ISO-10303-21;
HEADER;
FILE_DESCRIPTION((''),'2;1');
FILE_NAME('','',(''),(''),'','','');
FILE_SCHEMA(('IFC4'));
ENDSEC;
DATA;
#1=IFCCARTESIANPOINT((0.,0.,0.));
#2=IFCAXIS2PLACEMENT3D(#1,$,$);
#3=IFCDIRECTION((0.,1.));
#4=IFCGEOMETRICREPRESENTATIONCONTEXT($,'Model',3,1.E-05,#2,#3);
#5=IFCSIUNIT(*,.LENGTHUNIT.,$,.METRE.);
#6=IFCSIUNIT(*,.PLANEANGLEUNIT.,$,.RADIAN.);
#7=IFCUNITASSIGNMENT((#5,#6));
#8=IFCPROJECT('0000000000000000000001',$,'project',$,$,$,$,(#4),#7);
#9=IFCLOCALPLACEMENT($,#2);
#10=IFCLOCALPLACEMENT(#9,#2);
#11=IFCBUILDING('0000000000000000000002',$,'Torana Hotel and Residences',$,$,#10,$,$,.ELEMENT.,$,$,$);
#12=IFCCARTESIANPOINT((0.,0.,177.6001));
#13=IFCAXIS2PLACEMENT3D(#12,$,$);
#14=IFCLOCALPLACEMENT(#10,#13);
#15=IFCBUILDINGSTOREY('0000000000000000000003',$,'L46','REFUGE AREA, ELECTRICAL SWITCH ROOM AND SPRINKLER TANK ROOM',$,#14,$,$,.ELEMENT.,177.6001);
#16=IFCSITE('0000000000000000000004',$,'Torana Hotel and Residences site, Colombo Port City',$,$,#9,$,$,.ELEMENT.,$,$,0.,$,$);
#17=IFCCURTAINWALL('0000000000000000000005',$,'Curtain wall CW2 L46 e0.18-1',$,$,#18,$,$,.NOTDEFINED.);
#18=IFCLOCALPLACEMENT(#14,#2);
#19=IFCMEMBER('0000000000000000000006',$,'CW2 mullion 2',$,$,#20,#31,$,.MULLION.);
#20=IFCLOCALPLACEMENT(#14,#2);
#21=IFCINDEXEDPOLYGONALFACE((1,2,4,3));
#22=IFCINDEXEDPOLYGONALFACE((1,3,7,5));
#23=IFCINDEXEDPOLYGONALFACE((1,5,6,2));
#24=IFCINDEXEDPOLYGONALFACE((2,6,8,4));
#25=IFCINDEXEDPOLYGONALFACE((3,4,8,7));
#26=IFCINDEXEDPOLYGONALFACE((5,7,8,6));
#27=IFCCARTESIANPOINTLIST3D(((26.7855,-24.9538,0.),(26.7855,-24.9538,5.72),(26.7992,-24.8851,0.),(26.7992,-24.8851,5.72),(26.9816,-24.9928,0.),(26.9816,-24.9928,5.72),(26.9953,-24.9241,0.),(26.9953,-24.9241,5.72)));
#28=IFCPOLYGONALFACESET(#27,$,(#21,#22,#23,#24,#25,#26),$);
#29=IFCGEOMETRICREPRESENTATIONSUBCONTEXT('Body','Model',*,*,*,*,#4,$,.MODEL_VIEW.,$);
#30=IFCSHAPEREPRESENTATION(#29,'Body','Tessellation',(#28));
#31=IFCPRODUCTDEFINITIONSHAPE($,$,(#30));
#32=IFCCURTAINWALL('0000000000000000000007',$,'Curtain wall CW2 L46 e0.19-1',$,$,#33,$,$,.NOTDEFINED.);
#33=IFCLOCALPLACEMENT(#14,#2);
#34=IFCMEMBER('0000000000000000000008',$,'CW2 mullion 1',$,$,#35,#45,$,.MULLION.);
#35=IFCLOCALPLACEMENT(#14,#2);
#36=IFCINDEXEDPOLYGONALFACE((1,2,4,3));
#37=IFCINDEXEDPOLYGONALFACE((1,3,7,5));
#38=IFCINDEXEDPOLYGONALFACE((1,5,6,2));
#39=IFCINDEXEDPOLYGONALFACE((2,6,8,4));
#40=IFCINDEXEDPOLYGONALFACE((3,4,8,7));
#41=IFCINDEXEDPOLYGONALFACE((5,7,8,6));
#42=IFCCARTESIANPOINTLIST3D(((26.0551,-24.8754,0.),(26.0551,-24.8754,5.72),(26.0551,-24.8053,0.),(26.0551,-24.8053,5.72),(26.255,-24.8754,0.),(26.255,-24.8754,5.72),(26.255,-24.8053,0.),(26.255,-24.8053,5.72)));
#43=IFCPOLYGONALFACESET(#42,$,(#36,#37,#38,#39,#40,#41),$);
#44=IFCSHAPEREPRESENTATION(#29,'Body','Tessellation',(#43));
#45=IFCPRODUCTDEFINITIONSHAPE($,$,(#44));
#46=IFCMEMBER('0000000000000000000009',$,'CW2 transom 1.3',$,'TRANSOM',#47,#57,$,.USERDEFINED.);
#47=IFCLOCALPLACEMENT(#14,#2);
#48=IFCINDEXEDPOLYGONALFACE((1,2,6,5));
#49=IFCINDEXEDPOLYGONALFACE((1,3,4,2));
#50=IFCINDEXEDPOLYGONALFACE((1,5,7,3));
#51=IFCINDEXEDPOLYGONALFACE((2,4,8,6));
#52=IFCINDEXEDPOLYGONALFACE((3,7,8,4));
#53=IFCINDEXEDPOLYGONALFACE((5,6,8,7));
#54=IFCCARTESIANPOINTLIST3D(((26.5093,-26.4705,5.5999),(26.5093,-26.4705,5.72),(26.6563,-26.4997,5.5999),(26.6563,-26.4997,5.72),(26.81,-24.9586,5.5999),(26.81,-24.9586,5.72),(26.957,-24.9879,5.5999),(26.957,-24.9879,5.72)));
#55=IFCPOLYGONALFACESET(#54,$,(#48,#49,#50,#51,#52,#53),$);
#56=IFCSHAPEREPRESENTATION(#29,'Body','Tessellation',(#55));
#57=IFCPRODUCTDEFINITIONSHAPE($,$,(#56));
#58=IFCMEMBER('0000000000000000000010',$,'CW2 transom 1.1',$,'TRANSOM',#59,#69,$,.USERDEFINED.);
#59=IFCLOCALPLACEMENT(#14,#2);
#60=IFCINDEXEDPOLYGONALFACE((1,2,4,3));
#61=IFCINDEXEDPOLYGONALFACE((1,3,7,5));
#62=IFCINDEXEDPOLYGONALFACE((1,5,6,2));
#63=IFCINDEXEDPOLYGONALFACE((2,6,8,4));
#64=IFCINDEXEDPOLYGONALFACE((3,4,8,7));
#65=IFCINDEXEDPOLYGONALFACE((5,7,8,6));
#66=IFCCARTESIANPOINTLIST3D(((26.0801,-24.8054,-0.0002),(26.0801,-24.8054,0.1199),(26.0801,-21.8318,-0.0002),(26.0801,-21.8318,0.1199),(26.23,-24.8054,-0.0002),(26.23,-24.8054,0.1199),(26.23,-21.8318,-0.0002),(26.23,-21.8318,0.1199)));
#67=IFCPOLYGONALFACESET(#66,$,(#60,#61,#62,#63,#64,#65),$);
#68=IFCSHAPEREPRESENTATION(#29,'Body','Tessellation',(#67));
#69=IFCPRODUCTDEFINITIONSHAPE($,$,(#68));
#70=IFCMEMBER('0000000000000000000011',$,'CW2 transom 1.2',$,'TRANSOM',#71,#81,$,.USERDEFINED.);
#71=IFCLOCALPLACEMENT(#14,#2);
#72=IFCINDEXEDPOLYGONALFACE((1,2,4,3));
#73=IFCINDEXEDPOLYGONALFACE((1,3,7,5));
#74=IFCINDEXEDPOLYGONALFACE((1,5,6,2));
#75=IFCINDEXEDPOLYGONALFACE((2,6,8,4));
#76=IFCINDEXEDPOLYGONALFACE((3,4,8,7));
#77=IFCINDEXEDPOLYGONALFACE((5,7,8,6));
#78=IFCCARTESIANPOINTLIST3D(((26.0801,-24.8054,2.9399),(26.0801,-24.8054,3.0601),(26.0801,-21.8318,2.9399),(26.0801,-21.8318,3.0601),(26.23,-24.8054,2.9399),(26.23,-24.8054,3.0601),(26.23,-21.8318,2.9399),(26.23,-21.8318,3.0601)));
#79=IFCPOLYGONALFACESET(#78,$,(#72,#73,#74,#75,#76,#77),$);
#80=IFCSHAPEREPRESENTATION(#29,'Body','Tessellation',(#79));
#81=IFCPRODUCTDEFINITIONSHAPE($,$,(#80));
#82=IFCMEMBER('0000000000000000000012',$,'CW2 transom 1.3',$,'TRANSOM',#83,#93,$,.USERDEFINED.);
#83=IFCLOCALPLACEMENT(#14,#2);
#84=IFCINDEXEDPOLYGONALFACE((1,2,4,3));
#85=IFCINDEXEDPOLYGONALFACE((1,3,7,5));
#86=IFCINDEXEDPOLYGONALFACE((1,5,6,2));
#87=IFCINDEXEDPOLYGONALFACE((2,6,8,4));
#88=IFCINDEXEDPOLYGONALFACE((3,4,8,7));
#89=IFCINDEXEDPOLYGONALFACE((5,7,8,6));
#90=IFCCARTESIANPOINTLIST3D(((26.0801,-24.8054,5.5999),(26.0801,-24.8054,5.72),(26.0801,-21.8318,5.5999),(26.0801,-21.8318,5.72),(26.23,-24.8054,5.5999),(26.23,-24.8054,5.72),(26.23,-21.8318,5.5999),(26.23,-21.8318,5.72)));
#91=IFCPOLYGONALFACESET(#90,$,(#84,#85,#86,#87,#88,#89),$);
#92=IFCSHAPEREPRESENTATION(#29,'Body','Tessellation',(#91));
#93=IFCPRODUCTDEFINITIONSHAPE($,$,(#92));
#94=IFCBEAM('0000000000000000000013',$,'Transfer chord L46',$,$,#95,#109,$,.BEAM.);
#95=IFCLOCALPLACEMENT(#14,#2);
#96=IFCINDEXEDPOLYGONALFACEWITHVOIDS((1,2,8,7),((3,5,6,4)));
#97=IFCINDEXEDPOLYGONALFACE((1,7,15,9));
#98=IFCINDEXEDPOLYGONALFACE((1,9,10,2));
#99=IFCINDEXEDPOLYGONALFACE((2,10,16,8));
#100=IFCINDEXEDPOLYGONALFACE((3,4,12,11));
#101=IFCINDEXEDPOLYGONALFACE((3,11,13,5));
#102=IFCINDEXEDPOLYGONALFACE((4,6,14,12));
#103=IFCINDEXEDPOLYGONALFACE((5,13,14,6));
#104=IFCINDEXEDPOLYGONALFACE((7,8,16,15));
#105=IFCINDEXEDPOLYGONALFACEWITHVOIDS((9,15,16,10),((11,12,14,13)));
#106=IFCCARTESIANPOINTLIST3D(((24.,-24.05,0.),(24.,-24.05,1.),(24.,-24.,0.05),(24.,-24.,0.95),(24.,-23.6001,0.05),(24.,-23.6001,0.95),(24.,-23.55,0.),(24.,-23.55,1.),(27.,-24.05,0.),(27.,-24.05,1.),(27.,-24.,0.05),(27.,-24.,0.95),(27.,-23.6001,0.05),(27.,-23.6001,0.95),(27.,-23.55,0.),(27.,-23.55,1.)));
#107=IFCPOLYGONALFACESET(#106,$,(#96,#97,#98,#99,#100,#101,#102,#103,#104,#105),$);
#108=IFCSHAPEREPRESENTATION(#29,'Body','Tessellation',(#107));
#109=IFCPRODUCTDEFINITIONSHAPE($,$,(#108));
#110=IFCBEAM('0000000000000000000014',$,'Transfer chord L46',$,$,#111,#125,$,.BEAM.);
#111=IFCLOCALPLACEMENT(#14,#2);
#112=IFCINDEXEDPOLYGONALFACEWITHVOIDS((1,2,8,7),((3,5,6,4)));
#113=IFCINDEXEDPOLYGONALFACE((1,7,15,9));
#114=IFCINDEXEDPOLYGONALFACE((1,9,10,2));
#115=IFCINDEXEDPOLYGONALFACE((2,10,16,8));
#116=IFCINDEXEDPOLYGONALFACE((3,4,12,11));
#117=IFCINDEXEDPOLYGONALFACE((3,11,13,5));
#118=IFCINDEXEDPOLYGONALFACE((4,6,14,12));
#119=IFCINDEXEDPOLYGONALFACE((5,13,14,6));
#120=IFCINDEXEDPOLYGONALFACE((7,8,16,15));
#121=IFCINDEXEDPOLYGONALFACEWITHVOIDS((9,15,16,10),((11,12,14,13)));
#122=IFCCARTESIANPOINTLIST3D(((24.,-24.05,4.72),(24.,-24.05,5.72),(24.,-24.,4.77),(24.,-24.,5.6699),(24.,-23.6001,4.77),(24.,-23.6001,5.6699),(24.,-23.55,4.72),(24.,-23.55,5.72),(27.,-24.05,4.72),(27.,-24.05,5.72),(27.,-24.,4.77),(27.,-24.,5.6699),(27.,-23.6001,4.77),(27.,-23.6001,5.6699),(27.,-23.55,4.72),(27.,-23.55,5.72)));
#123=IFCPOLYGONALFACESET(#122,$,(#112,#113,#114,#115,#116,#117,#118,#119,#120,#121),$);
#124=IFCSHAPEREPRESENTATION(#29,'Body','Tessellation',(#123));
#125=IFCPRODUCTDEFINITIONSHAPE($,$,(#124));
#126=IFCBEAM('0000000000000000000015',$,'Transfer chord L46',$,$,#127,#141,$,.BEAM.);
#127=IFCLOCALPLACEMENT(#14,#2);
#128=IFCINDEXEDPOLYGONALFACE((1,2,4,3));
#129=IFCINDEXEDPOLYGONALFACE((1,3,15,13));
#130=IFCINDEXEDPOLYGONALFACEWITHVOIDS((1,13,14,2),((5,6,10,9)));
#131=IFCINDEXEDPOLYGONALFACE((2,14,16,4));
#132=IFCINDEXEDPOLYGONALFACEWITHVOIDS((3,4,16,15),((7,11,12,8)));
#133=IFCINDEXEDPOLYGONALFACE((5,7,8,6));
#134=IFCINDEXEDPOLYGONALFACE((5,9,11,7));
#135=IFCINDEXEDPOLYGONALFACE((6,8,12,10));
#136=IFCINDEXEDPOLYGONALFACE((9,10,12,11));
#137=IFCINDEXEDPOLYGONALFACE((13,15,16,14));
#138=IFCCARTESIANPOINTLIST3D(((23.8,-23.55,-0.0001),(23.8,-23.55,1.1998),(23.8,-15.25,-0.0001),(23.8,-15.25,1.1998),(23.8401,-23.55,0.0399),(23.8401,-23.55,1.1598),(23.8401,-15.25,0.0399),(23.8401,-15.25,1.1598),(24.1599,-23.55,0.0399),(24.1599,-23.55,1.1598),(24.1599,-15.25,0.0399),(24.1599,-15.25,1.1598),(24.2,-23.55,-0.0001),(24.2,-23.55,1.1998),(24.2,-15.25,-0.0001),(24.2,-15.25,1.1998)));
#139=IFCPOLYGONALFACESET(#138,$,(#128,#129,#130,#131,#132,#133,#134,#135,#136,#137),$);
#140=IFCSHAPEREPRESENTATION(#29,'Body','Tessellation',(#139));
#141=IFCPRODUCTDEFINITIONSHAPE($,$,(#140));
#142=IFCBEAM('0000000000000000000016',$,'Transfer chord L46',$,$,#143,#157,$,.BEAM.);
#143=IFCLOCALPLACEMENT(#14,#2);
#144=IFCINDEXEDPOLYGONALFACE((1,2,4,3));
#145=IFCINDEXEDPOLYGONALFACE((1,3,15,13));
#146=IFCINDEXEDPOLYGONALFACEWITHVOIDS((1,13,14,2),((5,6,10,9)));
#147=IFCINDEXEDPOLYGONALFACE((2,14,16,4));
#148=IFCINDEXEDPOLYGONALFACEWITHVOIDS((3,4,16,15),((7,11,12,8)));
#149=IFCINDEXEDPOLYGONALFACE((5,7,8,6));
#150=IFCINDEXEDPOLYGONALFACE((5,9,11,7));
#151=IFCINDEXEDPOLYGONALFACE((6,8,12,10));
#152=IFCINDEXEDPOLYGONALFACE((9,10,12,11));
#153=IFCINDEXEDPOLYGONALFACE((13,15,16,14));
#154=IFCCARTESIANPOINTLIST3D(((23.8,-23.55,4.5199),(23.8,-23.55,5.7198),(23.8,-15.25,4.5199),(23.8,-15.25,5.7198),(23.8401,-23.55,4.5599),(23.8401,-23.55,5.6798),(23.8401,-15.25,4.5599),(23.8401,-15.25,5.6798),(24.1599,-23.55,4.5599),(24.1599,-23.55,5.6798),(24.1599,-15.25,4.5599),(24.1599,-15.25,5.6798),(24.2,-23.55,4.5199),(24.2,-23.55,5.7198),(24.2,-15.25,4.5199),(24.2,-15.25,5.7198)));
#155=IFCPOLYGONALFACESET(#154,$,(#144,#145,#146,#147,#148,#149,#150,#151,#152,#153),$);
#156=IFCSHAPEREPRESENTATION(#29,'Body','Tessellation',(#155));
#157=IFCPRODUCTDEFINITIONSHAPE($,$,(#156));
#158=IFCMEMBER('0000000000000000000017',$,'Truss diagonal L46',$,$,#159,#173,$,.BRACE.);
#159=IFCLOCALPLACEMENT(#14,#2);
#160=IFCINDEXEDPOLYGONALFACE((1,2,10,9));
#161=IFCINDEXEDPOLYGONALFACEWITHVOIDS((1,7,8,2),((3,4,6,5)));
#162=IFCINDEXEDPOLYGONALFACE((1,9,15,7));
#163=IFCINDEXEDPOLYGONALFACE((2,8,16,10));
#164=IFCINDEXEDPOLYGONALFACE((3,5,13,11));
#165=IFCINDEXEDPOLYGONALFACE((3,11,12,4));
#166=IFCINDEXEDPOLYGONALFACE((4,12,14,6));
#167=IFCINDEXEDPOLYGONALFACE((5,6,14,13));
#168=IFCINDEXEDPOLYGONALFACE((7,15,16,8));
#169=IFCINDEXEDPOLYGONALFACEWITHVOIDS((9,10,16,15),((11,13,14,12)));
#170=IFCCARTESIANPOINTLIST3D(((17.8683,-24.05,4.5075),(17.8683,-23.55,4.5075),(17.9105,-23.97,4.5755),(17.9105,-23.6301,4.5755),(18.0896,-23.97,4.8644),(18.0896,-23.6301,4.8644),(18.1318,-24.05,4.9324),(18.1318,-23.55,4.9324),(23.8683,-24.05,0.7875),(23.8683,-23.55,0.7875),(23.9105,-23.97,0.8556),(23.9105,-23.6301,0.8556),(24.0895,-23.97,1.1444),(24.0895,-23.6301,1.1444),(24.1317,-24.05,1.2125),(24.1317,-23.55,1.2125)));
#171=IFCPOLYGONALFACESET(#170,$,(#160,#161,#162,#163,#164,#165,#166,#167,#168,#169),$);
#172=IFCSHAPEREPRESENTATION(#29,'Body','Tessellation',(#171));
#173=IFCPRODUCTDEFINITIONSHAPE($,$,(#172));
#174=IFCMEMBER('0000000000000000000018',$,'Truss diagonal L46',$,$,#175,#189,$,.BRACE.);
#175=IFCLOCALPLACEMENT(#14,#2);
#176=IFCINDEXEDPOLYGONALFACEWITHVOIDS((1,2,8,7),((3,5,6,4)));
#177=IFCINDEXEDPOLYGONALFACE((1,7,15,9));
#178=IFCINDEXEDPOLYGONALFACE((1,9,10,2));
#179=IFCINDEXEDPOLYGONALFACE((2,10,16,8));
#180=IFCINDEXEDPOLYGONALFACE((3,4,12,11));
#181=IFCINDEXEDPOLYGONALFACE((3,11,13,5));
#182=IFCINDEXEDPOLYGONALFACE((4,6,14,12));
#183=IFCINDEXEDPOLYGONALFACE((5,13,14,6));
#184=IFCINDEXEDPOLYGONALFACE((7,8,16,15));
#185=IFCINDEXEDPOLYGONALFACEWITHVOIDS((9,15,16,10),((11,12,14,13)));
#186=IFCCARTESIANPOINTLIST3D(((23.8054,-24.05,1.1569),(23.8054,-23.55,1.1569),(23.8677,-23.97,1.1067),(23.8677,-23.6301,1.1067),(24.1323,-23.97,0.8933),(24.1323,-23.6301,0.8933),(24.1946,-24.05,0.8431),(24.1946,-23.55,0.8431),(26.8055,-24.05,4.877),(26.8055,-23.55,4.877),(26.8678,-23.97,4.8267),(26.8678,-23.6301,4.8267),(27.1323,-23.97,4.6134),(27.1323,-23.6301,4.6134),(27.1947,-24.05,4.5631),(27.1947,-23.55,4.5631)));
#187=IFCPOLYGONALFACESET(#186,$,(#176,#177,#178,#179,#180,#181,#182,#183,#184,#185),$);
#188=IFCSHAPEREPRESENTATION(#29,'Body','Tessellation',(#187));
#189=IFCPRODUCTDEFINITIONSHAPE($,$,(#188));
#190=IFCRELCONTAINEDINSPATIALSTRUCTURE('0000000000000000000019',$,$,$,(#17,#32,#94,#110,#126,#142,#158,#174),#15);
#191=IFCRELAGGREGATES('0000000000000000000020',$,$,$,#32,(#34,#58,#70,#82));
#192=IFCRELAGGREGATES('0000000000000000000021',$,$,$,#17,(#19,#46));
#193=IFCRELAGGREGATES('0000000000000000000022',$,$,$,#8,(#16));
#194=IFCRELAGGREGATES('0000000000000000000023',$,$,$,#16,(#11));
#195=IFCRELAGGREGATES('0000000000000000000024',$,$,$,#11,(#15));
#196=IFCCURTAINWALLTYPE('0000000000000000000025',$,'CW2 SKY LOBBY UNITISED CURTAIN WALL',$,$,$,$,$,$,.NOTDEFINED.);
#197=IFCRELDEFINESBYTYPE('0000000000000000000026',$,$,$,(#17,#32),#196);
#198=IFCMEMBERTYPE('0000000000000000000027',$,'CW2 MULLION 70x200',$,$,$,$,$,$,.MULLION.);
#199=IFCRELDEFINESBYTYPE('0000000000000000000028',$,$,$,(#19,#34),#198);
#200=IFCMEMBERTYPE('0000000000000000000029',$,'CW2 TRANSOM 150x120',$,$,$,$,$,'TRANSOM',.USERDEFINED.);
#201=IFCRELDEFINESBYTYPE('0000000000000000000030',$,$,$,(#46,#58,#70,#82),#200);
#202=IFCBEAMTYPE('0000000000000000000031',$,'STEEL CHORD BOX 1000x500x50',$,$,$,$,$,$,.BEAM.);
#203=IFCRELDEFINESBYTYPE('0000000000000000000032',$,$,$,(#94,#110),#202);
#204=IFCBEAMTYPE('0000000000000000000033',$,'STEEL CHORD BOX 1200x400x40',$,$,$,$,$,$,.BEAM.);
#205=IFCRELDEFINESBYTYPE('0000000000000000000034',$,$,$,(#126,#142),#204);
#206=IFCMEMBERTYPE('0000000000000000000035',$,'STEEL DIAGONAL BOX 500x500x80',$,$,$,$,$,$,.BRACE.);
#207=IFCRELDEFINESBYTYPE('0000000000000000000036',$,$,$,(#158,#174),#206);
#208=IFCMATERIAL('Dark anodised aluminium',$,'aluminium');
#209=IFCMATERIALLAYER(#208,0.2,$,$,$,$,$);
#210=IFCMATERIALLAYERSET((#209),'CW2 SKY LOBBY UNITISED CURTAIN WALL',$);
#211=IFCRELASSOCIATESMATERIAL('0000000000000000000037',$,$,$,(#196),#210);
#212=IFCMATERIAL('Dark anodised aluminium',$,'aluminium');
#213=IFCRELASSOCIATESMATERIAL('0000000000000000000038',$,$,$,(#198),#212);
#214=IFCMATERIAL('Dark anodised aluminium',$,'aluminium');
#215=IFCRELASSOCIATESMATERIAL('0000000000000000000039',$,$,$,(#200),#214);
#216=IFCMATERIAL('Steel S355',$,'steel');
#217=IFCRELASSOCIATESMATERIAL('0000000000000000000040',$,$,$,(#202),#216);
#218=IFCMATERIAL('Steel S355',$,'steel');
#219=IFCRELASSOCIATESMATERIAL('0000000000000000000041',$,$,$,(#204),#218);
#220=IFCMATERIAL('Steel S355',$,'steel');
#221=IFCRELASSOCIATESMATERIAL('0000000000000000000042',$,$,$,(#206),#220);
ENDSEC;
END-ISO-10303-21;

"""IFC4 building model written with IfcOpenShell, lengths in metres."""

from ifc_helpers import new_model, si_unit, direction, frame, origin, origin_2d, place, context, subcontext, project, spatial, rectangle, hollow_rectangle, extrude, material, layer, layer_set, material_profile, profile_set, type_object, element, aggregate, save


model = new_model("IFC4")

# Units and contexts
model_context = context("Model", 3, precision=1e-05, world=origin(), true_north=direction((0.0, 1.0)))
body_context = subcontext(model_context, "Body", "Model", "MODEL_VIEW")
ifc_project = project(units=[si_unit("LENGTHUNIT", "METRE"), si_unit("PLANEANGLEUNIT", "RADIAN")], contexts=[model_context])

# Site, building, storey
site_placement = place(None, origin())
site = spatial("IfcSite", under=ifc_project, at=site_placement, Name="Torana Hotel and Residences site, Colombo Port City", CompositionType="ELEMENT", RefElevation=0.0)
building_placement = place(site_placement, origin())
building = spatial("IfcBuilding", under=site, at=building_placement, Name="Torana Hotel and Residences", CompositionType="ELEMENT")
storey_placement = place(building_placement, frame((0.0, 0.0, 177.6001)))
storey = spatial("IfcBuildingStorey", under=building, at=storey_placement, Name="L46", Description="REFUGE AREA, ELECTRICAL SWITCH ROOM AND SPRINKLER TANK ROOM", CompositionType="ELEMENT", Elevation=177.6001)

# Curtain walls, members
ifc_material_1 = material(Name="Dark anodised aluminium", Category="aluminium")
ifc_layer_1 = layer(ifc_material_1, 0.2)
ifc_layer_set_1 = layer_set([ifc_layer_1], Name="CW2 SKY LOBBY UNITISED CURTAIN WALL")
curtain_wall_type = type_object("IfcCurtainWallType", Name="CW2 SKY LOBBY UNITISED CURTAIN WALL", PredefinedType="NOTDEFINED", material=ifc_layer_set_1)
curtain_wall_1_placement = place(storey_placement, origin())
curtain_wall_1 = element("IfcCurtainWall", 1, at=curtain_wall_1_placement, inside=storey, type_object=curtain_wall_type, Name="Curtain wall CW2 L46 e0.18-1", PredefinedType="NOTDEFINED")
ifc_material_2 = material(Name="Dark anodised aluminium", Category="aluminium")
ifc_material_profile_1 = material_profile(ifc_material_2, rectangle(XDim=0.2, YDim=0.0701, at=origin_2d()), Name="CW2 MULLION 70x200")
ifc_profile_set_1 = profile_set([ifc_material_profile_1], Name="Dark anodised aluminium")
member_type_1 = type_object("IfcMemberType", Name="CW2 MULLION 70x200", PredefinedType="MULLION", material=ifc_profile_set_1)
member_1_placement = place(storey_placement, frame((26.8904, -24.939, 0.0), z_axis=(0.0, 0.0, 1.0), x_axis=(-0.980791, 0.195064, 0.0)))
member_1 = element("IfcMember", 2, at=member_1_placement, type_object=member_type_1, Name="CW2 mullion 2", PredefinedType="MULLION", context=body_context, shape_type="SweptSolid", body=[
    extrude(rectangle(XDim=0.2, YDim=0.0701, at=origin_2d()), origin(), (0.0, 0.0, 1.0), 5.72),
])
curtain_wall_2_placement = place(storey_placement, origin())
curtain_wall_2 = element("IfcCurtainWall", 3, at=curtain_wall_2_placement, inside=storey, type_object=curtain_wall_type, Name="Curtain wall CW2 L46 e0.19-1", PredefinedType="NOTDEFINED")
member_2_placement = place(storey_placement, frame((26.155, -24.8403, 0.0), z_axis=(0.0, 0.0, 1.0), x_axis=(-1.0, 0.0, 0.0)))
member_2 = element("IfcMember", 4, at=member_2_placement, type_object=member_type_1, Name="CW2 mullion 1", PredefinedType="MULLION", context=body_context, shape_type="SweptSolid", body=[
    extrude(rectangle(XDim=0.2, YDim=0.0701, at=origin_2d()), origin(), (0.0, 0.0, 1.0), 5.72),
])

# Members
ifc_material_3 = material(Name="Dark anodised aluminium", Category="aluminium")
ifc_material_profile_2 = material_profile(ifc_material_3, rectangle(XDim=0.1499, YDim=0.1201, at=origin_2d()), Name="CW2 TRANSOM 150x120")
ifc_profile_set_2 = profile_set([ifc_material_profile_2], Name="Dark anodised aluminium")
member_type_2 = type_object("IfcMemberType", Name="CW2 TRANSOM 150x120", ElementType="TRANSOM", PredefinedType="USERDEFINED", material=ifc_profile_set_2)
member_3_placement = place(storey_placement, frame((26.5828, -26.4851, 5.6599), z_axis=(0.195111, 0.980781, 0.0), x_axis=(-0.980781, 0.195111, 0.0)))
member_3 = element("IfcMember", 5, at=member_3_placement, type_object=member_type_2, Name="CW2 transom 1.3", ObjectType="TRANSOM", PredefinedType="USERDEFINED", context=body_context, shape_type="SweptSolid", body=[
    extrude(rectangle(XDim=0.1499, YDim=0.1201, at=origin_2d()), origin(), (0.0, 0.0, 1.0), 1.5415),
])
member_4_placement = place(storey_placement, frame((26.155, -24.8054, 0.0598), z_axis=(0.0, 1.0, 0.0), x_axis=(-1.0, 0.0, 0.0)))
member_4 = element("IfcMember", 6, at=member_4_placement, type_object=member_type_2, Name="CW2 transom 1.1", ObjectType="TRANSOM", PredefinedType="USERDEFINED", context=body_context, shape_type="SweptSolid", body=[
    extrude(rectangle(XDim=0.1499, YDim=0.1201, at=origin_2d()), origin(), (0.0, 0.0, 1.0), 2.9736),
])
member_5_placement = place(storey_placement, frame((26.155, -24.8054, 3.0), z_axis=(0.0, 1.0, 0.0), x_axis=(-1.0, 0.0, 0.0)))
member_5 = element("IfcMember", 7, at=member_5_placement, type_object=member_type_2, Name="CW2 transom 1.2", ObjectType="TRANSOM", PredefinedType="USERDEFINED", context=body_context, shape_type="SweptSolid", body=[
    extrude(rectangle(XDim=0.1499, YDim=0.1201, at=origin_2d()), origin(), (0.0, 0.0, 1.0), 2.9736),
])
member_6_placement = place(storey_placement, frame((26.155, -24.8054, 5.6599), z_axis=(0.0, 1.0, 0.0), x_axis=(-1.0, 0.0, 0.0)))
member_6 = element("IfcMember", 8, at=member_6_placement, type_object=member_type_2, Name="CW2 transom 1.3", ObjectType="TRANSOM", PredefinedType="USERDEFINED", context=body_context, shape_type="SweptSolid", body=[
    extrude(rectangle(XDim=0.1499, YDim=0.1201, at=origin_2d()), origin(), (0.0, 0.0, 1.0), 2.9736),
])
aggregate(curtain_wall_2, [member_2, member_4, member_5, member_6])

# Beams
ifc_material_4 = material(Name="Steel S355", Category="steel")
ifc_material_profile_3 = material_profile(ifc_material_4, hollow_rectangle(XDim=0.5, YDim=1.0, WallThickness=0.05, at=origin_2d()), Name="BOX 1000x500x50")
ifc_profile_set_3 = profile_set([ifc_material_profile_3], Name="Steel S355")
beam_type_1 = type_object("IfcBeamType", Name="STEEL CHORD BOX 1000x500x50", PredefinedType="BEAM", material=ifc_profile_set_3)
for number, where, z_axis, x_axis, name in (
    (9, (24.0, -23.8, 0.5), (1.0, 0.0, 0.0), (0.0, 1.0, 0.0), "Transfer chord L46"),
    (10, (24.0, -23.8, 5.22), (1.0, 0.0, 0.0), (0.0, 1.0, 0.0), "Transfer chord L46"),
):
    element("IfcBeam", number, at=place(storey_placement, frame(where, z_axis=z_axis, x_axis=x_axis)), inside=storey, type_object=beam_type_1, Name=name, PredefinedType="BEAM", context=body_context, shape_type="SweptSolid", body=[
        extrude(hollow_rectangle(XDim=0.5, YDim=1.0, WallThickness=0.05, at=origin_2d()), origin(), (0.0, 0.0, 1.0), 3.0),
    ])
ifc_material_5 = material(Name="Steel S355", Category="steel")
ifc_material_profile_4 = material_profile(ifc_material_5, hollow_rectangle(XDim=0.3999, YDim=1.2, WallThickness=0.04, at=origin_2d()), Name="BOX 1200x400x40")
ifc_profile_set_4 = profile_set([ifc_material_profile_4], Name="Steel S355")
beam_type_2 = type_object("IfcBeamType", Name="STEEL CHORD BOX 1200x400x40", PredefinedType="BEAM", material=ifc_profile_set_4)
for number, where, z_axis, x_axis, name in (
    (11, (24.0, -23.55, 0.5999), (0.0, 1.0, 0.0), (-1.0, 0.0, 0.0), "Transfer chord L46"),
    (12, (24.0, -23.55, 5.1199), (0.0, 1.0, 0.0), (-1.0, 0.0, 0.0), "Transfer chord L46"),
):
    element("IfcBeam", number, at=place(storey_placement, frame(where, z_axis=z_axis, x_axis=x_axis)), inside=storey, type_object=beam_type_2, Name=name, PredefinedType="BEAM", context=body_context, shape_type="SweptSolid", body=[
        extrude(hollow_rectangle(XDim=0.3999, YDim=1.2, WallThickness=0.04, at=origin_2d()), origin(), (0.0, 0.0, 1.0), 8.3),
    ])

# Members
ifc_material_6 = material(Name="Steel S355", Category="steel")
ifc_material_profile_5 = material_profile(ifc_material_6, hollow_rectangle(XDim=0.5, YDim=0.5, WallThickness=0.0801, at=origin_2d()), Name="BOX 500x500x80")
ifc_profile_set_5 = profile_set([ifc_material_profile_5], Name="Steel S355")
member_type_3 = type_object("IfcMemberType", Name="STEEL DIAGONAL BOX 500x500x80", PredefinedType="BRACE", material=ifc_profile_set_5)
member_7_placement = place(storey_placement, frame((24.0, -23.8, 1.0), z_axis=(-0.849905, 0.0, 0.526937), x_axis=(0.0, -1.0, 0.0)))
element("IfcMember", 13, at=member_7_placement, inside=storey, type_object=member_type_3, Name="Truss diagonal L46", PredefinedType="BRACE", context=body_context, shape_type="SweptSolid", body=[
    extrude(hollow_rectangle(XDim=0.5, YDim=0.5, WallThickness=0.0801, at=origin_2d()), origin(), (0.0, 0.0, 1.0), 7.0596),
])
for number, where, z_axis, x_axis, name in (
    (14, (24.0, -23.8, 1.0), (0.627755, 0.0, 0.778411), (0.0, 1.0, 0.0), "Truss diagonal L46"),
):
    element("IfcMember", number, at=place(storey_placement, frame(where, z_axis=z_axis, x_axis=x_axis)), inside=storey, type_object=member_type_3, Name=name, PredefinedType="BRACE", context=body_context, shape_type="SweptSolid", body=[
        extrude(hollow_rectangle(XDim=0.5, YDim=0.5, WallThickness=0.0801, at=origin_2d()), origin(), (0.0, 0.0, 1.0), 4.7791),
    ])

aggregate(curtain_wall_1, [member_1, member_3])

save(model, "model.ifc")
